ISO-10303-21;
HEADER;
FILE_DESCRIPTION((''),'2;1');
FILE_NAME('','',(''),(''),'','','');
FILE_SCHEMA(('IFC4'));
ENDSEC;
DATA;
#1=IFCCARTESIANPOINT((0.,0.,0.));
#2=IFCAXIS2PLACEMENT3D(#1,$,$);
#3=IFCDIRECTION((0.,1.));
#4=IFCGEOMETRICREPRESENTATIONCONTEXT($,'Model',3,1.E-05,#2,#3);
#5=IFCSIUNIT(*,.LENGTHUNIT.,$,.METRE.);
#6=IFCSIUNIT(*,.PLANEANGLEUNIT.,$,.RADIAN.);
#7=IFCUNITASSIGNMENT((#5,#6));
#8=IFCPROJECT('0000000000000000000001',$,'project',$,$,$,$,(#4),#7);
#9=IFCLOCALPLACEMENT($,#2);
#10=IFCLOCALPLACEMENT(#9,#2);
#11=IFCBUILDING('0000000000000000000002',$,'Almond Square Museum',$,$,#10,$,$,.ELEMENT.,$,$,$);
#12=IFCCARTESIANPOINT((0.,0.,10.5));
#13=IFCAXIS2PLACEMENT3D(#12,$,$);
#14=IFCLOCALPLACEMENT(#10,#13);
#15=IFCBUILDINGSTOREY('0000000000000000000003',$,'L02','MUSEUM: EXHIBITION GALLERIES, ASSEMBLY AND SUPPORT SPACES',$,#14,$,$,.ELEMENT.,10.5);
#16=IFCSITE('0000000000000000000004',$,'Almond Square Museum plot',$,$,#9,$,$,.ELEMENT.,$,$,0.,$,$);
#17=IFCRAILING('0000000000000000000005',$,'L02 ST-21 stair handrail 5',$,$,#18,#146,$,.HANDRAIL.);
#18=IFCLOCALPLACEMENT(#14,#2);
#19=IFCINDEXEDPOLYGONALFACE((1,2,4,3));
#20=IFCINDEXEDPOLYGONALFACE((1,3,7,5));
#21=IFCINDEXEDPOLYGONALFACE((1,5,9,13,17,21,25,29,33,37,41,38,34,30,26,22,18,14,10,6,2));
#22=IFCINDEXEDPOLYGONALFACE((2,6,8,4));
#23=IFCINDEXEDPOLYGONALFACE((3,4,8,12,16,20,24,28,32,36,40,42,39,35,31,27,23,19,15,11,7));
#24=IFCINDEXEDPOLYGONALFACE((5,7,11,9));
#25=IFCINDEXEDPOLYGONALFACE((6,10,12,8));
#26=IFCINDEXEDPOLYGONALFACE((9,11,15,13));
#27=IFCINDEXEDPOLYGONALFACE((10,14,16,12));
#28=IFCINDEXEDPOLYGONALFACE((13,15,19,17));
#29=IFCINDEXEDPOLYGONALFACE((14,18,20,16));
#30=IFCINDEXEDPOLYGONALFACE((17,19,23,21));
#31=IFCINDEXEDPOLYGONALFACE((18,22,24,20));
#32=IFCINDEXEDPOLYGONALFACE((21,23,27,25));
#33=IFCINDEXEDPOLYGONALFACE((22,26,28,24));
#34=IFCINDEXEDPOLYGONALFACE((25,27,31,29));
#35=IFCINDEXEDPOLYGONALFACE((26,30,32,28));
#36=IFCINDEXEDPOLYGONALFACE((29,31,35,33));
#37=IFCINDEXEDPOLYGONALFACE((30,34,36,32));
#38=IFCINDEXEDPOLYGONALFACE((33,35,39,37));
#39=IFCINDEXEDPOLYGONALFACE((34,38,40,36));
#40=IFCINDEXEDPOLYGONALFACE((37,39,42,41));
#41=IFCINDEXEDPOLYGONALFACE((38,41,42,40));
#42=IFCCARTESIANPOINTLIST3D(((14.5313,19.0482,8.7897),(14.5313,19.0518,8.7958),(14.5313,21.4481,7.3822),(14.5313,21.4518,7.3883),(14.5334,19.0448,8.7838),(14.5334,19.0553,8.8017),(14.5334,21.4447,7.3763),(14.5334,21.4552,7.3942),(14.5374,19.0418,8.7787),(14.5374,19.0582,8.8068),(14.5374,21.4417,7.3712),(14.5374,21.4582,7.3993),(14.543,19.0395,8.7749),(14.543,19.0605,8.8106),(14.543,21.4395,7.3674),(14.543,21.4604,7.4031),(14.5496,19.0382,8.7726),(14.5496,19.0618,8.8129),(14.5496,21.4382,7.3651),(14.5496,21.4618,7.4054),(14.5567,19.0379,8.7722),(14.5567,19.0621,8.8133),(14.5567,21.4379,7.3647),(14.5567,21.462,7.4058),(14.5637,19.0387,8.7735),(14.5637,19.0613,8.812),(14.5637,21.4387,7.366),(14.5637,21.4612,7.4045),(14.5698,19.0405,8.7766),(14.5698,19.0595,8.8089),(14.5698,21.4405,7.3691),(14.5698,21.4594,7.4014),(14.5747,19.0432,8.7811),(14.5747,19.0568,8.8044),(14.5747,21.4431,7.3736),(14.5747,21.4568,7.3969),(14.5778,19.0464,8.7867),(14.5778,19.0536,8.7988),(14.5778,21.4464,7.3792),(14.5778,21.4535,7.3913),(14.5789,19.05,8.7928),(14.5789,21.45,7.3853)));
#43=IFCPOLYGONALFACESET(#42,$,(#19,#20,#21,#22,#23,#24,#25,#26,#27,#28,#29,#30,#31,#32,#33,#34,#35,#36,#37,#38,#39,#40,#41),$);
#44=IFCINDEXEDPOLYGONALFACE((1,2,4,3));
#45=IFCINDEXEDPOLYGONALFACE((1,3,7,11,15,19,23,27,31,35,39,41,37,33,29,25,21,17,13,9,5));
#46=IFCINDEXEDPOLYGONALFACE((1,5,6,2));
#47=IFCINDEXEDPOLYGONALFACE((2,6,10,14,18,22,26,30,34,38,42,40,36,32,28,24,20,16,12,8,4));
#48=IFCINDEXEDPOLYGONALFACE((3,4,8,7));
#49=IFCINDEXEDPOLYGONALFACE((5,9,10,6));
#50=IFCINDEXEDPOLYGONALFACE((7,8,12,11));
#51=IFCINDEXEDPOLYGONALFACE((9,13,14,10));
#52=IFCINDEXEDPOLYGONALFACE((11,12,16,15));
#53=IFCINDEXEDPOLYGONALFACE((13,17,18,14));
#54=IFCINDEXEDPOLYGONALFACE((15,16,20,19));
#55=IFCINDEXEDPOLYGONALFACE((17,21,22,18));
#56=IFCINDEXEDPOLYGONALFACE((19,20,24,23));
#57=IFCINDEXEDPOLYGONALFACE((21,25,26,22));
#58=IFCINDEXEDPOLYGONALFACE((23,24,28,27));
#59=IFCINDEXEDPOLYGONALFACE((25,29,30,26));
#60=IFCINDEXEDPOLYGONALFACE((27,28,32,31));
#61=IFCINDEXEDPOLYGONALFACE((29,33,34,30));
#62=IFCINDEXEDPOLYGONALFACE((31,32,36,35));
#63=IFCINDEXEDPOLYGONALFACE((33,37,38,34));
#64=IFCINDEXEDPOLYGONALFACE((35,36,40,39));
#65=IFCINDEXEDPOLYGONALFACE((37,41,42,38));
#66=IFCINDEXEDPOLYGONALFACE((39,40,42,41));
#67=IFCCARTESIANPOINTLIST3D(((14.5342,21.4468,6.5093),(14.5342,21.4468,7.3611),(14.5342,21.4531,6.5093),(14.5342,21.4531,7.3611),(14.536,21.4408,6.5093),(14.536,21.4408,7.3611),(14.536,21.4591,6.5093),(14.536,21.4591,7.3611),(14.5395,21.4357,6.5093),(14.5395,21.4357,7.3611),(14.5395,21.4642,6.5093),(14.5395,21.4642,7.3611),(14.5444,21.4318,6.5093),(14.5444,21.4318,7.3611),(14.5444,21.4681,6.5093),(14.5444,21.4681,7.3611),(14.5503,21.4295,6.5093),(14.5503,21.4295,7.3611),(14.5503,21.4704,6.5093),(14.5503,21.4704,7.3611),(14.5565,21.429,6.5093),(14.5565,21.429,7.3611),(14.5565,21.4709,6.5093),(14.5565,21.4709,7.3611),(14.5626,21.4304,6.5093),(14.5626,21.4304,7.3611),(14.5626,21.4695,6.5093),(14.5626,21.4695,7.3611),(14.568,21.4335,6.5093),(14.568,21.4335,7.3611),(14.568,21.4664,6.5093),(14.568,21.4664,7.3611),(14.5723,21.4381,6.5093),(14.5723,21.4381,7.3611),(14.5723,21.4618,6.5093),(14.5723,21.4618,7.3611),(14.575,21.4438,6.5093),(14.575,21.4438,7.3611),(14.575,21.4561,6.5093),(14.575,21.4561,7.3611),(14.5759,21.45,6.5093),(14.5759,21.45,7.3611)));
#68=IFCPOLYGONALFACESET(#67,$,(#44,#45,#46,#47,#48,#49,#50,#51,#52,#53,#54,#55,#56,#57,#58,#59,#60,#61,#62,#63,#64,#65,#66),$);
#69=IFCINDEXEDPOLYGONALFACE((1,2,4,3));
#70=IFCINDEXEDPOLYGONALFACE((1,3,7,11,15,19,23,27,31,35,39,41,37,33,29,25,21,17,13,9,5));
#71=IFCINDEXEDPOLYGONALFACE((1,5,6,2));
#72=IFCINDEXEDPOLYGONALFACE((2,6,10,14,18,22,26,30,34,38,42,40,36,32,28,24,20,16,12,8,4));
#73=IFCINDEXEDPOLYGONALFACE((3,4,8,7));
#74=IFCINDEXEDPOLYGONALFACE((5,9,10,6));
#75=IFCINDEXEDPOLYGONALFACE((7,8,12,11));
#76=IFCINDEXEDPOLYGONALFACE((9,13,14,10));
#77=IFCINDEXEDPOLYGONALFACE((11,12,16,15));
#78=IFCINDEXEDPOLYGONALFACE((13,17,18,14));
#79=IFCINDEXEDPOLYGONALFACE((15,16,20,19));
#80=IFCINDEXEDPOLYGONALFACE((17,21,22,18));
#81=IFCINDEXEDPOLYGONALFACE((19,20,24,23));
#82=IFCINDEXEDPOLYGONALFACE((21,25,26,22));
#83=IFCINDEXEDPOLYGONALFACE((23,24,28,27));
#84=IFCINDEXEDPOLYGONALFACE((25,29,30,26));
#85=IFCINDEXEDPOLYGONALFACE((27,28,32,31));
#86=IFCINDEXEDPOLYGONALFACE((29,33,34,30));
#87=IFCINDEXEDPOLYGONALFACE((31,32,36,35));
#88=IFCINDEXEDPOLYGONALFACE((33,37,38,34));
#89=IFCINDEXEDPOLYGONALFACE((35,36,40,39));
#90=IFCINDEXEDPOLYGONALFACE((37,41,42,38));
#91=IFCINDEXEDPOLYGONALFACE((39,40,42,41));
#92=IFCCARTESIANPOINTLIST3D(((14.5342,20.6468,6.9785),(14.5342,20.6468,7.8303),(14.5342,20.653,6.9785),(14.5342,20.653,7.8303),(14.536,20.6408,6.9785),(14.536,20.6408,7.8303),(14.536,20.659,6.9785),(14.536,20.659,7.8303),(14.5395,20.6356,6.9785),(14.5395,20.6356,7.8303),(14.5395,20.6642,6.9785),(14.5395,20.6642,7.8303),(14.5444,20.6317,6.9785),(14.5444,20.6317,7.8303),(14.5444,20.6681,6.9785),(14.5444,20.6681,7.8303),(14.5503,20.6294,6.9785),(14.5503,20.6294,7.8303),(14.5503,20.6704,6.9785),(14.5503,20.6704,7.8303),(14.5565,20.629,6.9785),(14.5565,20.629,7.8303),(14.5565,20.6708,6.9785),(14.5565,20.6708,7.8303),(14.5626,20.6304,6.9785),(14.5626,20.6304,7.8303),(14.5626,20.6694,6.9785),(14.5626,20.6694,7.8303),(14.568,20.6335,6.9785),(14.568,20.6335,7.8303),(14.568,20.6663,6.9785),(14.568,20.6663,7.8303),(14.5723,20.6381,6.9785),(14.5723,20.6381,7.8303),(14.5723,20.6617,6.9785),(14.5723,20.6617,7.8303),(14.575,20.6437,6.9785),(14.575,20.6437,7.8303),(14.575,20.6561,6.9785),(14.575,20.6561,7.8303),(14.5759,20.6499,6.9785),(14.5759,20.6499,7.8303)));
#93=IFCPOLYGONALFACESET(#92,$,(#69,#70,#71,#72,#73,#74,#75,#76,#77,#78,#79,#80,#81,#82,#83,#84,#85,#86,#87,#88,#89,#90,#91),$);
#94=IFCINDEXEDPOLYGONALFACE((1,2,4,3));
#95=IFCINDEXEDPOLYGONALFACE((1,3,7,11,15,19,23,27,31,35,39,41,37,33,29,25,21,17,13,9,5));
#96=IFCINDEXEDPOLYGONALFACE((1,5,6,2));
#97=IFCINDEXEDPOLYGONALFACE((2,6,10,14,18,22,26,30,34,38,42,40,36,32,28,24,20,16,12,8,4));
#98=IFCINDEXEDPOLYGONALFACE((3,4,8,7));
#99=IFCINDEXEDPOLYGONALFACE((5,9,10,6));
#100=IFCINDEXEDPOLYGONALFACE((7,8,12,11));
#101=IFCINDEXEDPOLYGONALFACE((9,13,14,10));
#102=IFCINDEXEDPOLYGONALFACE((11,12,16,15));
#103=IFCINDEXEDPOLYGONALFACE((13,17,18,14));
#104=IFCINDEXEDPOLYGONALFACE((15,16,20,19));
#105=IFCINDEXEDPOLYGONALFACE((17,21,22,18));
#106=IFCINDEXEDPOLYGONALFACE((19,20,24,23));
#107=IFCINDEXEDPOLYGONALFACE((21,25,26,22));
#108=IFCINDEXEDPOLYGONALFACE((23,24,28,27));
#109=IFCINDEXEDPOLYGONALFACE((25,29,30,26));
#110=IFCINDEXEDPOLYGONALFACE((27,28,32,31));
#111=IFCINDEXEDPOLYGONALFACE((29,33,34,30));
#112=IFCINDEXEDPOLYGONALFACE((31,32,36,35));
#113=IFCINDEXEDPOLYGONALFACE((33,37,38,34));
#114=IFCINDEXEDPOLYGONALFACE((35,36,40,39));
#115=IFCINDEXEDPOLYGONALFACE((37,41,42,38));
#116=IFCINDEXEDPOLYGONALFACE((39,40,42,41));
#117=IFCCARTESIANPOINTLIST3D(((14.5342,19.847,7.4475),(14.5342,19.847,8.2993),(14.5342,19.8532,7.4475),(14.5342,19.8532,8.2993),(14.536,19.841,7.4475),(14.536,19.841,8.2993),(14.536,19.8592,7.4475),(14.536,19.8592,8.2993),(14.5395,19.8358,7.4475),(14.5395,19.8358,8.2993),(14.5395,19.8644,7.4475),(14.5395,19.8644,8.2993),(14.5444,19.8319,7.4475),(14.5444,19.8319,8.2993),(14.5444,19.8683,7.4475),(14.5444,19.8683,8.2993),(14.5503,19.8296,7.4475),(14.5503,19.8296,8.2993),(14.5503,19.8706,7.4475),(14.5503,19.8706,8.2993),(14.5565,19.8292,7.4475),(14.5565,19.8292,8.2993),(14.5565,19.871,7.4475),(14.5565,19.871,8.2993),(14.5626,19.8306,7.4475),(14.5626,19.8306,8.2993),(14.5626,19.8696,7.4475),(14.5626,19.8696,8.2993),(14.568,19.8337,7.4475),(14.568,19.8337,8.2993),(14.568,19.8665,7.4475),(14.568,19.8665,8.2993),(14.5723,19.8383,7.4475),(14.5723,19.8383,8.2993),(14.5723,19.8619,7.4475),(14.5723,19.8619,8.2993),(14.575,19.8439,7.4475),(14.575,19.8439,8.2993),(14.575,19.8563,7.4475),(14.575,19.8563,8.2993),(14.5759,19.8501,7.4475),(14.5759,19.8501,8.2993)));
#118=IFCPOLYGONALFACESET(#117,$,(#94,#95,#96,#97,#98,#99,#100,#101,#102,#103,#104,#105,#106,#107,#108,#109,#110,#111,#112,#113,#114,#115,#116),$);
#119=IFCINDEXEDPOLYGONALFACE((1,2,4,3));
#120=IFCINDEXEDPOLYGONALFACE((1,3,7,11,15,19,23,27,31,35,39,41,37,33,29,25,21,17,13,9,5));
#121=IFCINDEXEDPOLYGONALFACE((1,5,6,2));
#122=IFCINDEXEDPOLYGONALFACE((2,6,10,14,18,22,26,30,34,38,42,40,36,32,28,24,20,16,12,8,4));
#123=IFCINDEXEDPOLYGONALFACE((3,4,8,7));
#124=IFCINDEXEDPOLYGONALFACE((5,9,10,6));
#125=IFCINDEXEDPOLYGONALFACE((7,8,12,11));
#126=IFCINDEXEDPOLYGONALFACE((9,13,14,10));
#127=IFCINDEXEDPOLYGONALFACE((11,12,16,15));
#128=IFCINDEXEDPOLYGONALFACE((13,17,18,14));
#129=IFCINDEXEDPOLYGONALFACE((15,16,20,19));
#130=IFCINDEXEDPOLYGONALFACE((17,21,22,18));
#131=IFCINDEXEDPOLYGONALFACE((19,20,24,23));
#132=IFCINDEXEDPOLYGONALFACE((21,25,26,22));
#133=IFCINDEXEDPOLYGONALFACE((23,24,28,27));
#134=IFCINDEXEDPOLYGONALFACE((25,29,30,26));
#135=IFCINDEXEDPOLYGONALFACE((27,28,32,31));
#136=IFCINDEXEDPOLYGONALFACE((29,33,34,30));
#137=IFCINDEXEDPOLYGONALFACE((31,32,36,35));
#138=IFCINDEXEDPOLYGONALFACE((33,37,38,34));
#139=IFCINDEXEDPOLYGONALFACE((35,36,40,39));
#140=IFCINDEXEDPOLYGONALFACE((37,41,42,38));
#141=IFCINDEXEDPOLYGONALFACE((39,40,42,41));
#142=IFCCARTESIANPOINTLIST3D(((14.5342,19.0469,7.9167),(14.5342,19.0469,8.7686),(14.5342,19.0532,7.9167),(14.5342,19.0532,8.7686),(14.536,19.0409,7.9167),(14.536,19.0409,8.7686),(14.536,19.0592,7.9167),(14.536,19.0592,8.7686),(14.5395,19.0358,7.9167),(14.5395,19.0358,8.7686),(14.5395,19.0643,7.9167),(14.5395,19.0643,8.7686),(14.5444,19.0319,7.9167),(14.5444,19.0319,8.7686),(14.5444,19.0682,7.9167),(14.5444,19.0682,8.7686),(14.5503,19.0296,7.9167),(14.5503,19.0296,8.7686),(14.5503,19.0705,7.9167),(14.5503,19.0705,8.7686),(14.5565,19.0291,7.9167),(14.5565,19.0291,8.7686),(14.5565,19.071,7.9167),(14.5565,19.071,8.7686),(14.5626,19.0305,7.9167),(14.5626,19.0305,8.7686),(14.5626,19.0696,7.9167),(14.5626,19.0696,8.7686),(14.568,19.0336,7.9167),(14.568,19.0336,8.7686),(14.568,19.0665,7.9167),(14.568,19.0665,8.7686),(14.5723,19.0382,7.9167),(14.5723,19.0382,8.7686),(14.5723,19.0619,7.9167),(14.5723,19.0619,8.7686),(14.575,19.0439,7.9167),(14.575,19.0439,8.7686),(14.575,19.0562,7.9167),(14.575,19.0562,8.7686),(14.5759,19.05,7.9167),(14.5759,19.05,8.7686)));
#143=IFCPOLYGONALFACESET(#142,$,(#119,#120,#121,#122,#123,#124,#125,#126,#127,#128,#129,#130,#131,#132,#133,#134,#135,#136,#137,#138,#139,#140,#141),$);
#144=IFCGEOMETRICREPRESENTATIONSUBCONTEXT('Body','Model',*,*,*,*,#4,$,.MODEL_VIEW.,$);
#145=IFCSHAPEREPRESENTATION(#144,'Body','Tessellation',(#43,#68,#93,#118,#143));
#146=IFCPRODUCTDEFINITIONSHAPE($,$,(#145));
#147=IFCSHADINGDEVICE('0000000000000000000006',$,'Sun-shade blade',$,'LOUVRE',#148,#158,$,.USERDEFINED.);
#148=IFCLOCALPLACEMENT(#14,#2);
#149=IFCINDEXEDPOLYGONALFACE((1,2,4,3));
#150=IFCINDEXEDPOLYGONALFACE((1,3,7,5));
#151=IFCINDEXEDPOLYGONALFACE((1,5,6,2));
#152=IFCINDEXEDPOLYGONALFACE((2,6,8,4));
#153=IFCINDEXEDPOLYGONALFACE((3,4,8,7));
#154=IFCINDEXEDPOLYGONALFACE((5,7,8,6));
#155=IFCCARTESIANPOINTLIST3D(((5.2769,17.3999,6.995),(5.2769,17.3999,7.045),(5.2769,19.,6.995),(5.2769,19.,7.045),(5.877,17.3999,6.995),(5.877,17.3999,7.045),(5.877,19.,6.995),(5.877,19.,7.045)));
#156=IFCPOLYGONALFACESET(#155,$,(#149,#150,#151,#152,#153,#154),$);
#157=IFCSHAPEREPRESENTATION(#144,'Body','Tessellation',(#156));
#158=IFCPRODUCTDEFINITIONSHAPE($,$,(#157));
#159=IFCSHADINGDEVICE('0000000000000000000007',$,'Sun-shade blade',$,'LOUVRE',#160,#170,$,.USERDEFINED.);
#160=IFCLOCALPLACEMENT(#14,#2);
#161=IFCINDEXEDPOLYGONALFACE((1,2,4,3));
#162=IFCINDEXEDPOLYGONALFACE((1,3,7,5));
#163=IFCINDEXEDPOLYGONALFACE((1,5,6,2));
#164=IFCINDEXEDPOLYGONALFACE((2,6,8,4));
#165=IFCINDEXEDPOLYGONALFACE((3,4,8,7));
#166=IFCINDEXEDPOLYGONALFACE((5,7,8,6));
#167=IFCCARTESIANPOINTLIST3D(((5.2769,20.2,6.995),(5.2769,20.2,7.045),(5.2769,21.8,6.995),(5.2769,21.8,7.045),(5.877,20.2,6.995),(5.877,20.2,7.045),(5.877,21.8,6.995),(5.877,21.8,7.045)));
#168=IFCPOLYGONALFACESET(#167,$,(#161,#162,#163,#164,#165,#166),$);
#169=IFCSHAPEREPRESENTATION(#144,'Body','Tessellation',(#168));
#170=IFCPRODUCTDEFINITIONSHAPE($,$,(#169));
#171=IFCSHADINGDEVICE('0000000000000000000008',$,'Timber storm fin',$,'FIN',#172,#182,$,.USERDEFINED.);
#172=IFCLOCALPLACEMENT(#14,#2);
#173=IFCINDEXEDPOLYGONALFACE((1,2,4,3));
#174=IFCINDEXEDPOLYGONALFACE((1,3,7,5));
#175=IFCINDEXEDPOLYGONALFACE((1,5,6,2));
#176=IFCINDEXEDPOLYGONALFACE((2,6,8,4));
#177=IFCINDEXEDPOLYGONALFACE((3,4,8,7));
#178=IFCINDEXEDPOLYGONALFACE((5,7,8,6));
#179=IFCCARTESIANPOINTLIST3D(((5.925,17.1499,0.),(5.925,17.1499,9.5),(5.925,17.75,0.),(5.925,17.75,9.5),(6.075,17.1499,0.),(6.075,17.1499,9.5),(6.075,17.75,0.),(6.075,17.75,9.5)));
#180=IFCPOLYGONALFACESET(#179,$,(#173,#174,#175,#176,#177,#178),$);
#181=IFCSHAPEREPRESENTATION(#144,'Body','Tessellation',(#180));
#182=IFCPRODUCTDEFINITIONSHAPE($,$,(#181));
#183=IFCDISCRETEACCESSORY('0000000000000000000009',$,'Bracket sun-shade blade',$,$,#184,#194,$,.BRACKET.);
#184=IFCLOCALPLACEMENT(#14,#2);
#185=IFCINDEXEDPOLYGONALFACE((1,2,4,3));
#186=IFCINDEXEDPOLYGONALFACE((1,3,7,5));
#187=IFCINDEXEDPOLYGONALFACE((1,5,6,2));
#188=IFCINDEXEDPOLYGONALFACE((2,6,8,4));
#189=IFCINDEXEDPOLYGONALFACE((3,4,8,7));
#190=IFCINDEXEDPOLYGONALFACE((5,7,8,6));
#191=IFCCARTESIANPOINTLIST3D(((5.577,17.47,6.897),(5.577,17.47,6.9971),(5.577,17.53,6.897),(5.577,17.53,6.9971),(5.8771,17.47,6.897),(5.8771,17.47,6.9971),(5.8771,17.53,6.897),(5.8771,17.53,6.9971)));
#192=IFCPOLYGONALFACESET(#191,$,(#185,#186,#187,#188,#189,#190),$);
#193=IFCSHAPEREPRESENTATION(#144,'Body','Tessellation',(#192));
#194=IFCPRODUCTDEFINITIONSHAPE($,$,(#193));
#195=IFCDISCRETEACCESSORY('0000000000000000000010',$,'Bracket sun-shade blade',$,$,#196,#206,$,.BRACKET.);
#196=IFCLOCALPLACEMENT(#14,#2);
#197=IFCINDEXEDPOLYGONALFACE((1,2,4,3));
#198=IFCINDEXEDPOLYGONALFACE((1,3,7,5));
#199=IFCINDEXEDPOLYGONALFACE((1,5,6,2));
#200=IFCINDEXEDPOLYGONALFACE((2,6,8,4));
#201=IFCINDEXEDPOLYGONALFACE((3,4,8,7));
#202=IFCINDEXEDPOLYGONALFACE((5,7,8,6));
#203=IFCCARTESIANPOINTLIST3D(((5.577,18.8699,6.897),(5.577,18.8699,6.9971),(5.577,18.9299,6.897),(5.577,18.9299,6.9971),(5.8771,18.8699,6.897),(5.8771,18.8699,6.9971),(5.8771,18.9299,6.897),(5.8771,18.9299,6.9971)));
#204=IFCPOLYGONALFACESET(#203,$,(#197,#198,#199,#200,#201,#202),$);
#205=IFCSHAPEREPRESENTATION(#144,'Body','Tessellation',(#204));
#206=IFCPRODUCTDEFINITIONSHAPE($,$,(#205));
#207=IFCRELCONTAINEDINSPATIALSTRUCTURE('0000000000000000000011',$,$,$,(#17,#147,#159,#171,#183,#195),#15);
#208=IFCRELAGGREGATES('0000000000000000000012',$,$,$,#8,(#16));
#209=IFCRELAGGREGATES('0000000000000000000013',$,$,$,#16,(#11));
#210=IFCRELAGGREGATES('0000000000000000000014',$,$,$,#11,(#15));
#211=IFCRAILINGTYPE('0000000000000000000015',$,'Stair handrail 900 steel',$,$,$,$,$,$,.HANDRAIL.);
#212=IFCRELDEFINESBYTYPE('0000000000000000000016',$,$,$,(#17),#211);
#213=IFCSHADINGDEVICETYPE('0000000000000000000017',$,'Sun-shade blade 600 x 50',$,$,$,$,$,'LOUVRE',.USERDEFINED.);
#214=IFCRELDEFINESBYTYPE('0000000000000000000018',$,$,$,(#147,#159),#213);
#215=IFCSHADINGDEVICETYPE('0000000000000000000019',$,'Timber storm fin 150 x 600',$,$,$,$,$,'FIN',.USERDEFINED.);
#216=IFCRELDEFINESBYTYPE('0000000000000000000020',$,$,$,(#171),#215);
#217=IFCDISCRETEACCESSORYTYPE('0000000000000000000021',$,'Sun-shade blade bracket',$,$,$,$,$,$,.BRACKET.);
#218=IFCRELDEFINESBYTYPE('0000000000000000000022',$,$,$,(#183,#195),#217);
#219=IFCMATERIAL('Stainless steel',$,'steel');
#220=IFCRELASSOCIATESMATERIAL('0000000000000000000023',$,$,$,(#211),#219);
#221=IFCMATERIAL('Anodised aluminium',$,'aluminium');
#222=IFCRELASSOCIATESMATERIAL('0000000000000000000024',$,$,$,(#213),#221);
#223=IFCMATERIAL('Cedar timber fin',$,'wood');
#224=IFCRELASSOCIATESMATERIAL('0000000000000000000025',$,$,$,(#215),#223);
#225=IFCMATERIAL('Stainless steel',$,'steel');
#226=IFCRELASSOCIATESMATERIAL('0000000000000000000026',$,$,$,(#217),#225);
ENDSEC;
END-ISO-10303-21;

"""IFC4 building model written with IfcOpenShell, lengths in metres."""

from ifc_helpers import new_model, si_unit, direction, frame, origin, origin_2d, place, context, subcontext, project, spatial, rectangle, circle, extrude, material, material_profile, profile_set, type_object, element, save


model = new_model("IFC4")

# Units and contexts
model_context = context("Model", 3, precision=1e-05, world=origin(), true_north=direction((0.0, 1.0)))
body_context = subcontext(model_context, "Body", "Model", "MODEL_VIEW")
ifc_project = project(units=[si_unit("LENGTHUNIT", "METRE"), si_unit("PLANEANGLEUNIT", "RADIAN")], contexts=[model_context])

# Site, building, storey
site_placement = place(None, origin())
site = spatial("IfcSite", under=ifc_project, at=site_placement, Name="Almond Square Museum plot", CompositionType="ELEMENT", RefElevation=0.0)
building_placement = place(site_placement, origin())
building = spatial("IfcBuilding", under=site, at=building_placement, Name="Almond Square Museum", CompositionType="ELEMENT")
storey_placement = place(building_placement, frame((0.0, 0.0, 10.5)))
storey = spatial("IfcBuildingStorey", under=building, at=storey_placement, Name="L02", Description="MUSEUM: EXHIBITION GALLERIES, ASSEMBLY AND SUPPORT SPACES", CompositionType="ELEMENT", Elevation=10.5)

# Railing
ifc_material_1 = material(Name="Stainless steel", Category="steel")
railing_type_1 = type_object("IfcRailingType", Name="Stair handrail 900 steel", PredefinedType="HANDRAIL", material=ifc_material_1)
for number, where, name in (
    (1, (14.5549, 21.45, 6.5093), "L02 ST-21 stair handrail 5"),
):
    element("IfcRailing", number, at=place(storey_placement, frame(where)), inside=storey, type_object=railing_type_1, Name=name, PredefinedType="HANDRAIL", context=body_context, shape_type="SweptSolid", body=[
        extrude(circle(Radius=0.0239, at=origin_2d()), frame((0.0, 0.0, 0.876), z_axis=(0.0, -0.862599, 0.505888), x_axis=(1.0, 0.0, 0.0)), (0.0, 0.0, 1.0), 2.7822),
        extrude(circle(Radius=0.021, at=origin_2d()), origin(), (0.0, 0.0, 1.0), 0.8518),
        extrude(circle(Radius=0.021, at=origin_2d()), frame((0.0, -0.8, 0.4692)), (0.0, 0.0, 1.0), 0.8518),
        extrude(circle(Radius=0.021, at=origin_2d()), frame((0.0, -1.5999, 0.9382)), (0.0, 0.0, 1.0), 0.8518),
        extrude(circle(Radius=0.021, at=origin_2d()), frame((0.0, -2.3999, 1.4075)), (0.0, 0.0, 1.0), 0.8518),
    ])

# Shading devices
ifc_material_2 = material(Name="Anodised aluminium", Category="aluminium")
ifc_material_profile_1 = material_profile(ifc_material_2, rectangle(XDim=0.6001, YDim=0.05, at=origin_2d()))
ifc_profile_set_1 = profile_set([ifc_material_profile_1], Name="Anodised aluminium")
shading_device_type_1 = type_object("IfcShadingDeviceType", Name="Sun-shade blade 600 x 50", ElementType="LOUVRE", PredefinedType="USERDEFINED", material=ifc_profile_set_1)
for number, where, z_axis, x_axis, name in (
    (2, (5.5769, 17.3999, 7.02), (0.0, 1.0, 0.0), (-1.0, 0.0, 0.0), "Sun-shade blade"),
    (3, (5.5769, 20.2, 7.02), (0.0, 1.0, 0.0), (-1.0, 0.0, 0.0), "Sun-shade blade"),
):
    element("IfcShadingDevice", number, at=place(storey_placement, frame(where, z_axis=z_axis, x_axis=x_axis)), inside=storey, type_object=shading_device_type_1, Name=name, ObjectType="LOUVRE", PredefinedType="USERDEFINED", context=body_context, shape_type="SweptSolid", body=[
        extrude(rectangle(XDim=0.6001, YDim=0.05, at=origin_2d()), origin(), (0.0, 0.0, 1.0), 1.6001),
    ])
ifc_material_3 = material(Name="Cedar timber fin", Category="wood")
shading_device_type_2 = type_object("IfcShadingDeviceType", Name="Timber storm fin 150 x 600", ElementType="FIN", PredefinedType="USERDEFINED", material=ifc_material_3)
shading_device_placement = place(storey_placement, frame((6.0, 17.45, 0.0), z_axis=(0.0, 0.0, 1.0), x_axis=(1.0, 0.0, 0.0)))
element("IfcShadingDevice", 4, at=shading_device_placement, inside=storey, type_object=shading_device_type_2, Name="Timber storm fin", ObjectType="FIN", PredefinedType="USERDEFINED", context=body_context, shape_type="SweptSolid", body=[
    extrude(rectangle(XDim=0.1499, YDim=0.6001, at=origin_2d()), origin(), (0.0, 0.0, 1.0), 9.5),
])

# Discrete accessories
ifc_material_4 = material(Name="Stainless steel", Category="steel")
discrete_accessory_type = type_object("IfcDiscreteAccessoryType", Name="Sun-shade blade bracket", PredefinedType="BRACKET", material=ifc_material_4)
for number, where, z_axis, x_axis, name in (
    (5, (5.7271, 17.5, 6.897), (0.0, 0.0, 1.0), (1.0, 0.0, 0.0), "Bracket sun-shade blade"),
    (6, (5.7271, 18.8999, 6.897), (0.0, 0.0, 1.0), (1.0, 0.0, 0.0), "Bracket sun-shade blade"),
):
    element("IfcDiscreteAccessory", number, at=place(storey_placement, frame(where, z_axis=z_axis, x_axis=x_axis)), inside=storey, type_object=discrete_accessory_type, Name=name, PredefinedType="BRACKET", context=body_context, shape_type="SweptSolid", body=[
        extrude(rectangle(XDim=0.3, YDim=0.0601, at=origin_2d()), origin(), (0.0, 0.0, 1.0), 0.1001),
    ])

save(model, "model.ifc")
